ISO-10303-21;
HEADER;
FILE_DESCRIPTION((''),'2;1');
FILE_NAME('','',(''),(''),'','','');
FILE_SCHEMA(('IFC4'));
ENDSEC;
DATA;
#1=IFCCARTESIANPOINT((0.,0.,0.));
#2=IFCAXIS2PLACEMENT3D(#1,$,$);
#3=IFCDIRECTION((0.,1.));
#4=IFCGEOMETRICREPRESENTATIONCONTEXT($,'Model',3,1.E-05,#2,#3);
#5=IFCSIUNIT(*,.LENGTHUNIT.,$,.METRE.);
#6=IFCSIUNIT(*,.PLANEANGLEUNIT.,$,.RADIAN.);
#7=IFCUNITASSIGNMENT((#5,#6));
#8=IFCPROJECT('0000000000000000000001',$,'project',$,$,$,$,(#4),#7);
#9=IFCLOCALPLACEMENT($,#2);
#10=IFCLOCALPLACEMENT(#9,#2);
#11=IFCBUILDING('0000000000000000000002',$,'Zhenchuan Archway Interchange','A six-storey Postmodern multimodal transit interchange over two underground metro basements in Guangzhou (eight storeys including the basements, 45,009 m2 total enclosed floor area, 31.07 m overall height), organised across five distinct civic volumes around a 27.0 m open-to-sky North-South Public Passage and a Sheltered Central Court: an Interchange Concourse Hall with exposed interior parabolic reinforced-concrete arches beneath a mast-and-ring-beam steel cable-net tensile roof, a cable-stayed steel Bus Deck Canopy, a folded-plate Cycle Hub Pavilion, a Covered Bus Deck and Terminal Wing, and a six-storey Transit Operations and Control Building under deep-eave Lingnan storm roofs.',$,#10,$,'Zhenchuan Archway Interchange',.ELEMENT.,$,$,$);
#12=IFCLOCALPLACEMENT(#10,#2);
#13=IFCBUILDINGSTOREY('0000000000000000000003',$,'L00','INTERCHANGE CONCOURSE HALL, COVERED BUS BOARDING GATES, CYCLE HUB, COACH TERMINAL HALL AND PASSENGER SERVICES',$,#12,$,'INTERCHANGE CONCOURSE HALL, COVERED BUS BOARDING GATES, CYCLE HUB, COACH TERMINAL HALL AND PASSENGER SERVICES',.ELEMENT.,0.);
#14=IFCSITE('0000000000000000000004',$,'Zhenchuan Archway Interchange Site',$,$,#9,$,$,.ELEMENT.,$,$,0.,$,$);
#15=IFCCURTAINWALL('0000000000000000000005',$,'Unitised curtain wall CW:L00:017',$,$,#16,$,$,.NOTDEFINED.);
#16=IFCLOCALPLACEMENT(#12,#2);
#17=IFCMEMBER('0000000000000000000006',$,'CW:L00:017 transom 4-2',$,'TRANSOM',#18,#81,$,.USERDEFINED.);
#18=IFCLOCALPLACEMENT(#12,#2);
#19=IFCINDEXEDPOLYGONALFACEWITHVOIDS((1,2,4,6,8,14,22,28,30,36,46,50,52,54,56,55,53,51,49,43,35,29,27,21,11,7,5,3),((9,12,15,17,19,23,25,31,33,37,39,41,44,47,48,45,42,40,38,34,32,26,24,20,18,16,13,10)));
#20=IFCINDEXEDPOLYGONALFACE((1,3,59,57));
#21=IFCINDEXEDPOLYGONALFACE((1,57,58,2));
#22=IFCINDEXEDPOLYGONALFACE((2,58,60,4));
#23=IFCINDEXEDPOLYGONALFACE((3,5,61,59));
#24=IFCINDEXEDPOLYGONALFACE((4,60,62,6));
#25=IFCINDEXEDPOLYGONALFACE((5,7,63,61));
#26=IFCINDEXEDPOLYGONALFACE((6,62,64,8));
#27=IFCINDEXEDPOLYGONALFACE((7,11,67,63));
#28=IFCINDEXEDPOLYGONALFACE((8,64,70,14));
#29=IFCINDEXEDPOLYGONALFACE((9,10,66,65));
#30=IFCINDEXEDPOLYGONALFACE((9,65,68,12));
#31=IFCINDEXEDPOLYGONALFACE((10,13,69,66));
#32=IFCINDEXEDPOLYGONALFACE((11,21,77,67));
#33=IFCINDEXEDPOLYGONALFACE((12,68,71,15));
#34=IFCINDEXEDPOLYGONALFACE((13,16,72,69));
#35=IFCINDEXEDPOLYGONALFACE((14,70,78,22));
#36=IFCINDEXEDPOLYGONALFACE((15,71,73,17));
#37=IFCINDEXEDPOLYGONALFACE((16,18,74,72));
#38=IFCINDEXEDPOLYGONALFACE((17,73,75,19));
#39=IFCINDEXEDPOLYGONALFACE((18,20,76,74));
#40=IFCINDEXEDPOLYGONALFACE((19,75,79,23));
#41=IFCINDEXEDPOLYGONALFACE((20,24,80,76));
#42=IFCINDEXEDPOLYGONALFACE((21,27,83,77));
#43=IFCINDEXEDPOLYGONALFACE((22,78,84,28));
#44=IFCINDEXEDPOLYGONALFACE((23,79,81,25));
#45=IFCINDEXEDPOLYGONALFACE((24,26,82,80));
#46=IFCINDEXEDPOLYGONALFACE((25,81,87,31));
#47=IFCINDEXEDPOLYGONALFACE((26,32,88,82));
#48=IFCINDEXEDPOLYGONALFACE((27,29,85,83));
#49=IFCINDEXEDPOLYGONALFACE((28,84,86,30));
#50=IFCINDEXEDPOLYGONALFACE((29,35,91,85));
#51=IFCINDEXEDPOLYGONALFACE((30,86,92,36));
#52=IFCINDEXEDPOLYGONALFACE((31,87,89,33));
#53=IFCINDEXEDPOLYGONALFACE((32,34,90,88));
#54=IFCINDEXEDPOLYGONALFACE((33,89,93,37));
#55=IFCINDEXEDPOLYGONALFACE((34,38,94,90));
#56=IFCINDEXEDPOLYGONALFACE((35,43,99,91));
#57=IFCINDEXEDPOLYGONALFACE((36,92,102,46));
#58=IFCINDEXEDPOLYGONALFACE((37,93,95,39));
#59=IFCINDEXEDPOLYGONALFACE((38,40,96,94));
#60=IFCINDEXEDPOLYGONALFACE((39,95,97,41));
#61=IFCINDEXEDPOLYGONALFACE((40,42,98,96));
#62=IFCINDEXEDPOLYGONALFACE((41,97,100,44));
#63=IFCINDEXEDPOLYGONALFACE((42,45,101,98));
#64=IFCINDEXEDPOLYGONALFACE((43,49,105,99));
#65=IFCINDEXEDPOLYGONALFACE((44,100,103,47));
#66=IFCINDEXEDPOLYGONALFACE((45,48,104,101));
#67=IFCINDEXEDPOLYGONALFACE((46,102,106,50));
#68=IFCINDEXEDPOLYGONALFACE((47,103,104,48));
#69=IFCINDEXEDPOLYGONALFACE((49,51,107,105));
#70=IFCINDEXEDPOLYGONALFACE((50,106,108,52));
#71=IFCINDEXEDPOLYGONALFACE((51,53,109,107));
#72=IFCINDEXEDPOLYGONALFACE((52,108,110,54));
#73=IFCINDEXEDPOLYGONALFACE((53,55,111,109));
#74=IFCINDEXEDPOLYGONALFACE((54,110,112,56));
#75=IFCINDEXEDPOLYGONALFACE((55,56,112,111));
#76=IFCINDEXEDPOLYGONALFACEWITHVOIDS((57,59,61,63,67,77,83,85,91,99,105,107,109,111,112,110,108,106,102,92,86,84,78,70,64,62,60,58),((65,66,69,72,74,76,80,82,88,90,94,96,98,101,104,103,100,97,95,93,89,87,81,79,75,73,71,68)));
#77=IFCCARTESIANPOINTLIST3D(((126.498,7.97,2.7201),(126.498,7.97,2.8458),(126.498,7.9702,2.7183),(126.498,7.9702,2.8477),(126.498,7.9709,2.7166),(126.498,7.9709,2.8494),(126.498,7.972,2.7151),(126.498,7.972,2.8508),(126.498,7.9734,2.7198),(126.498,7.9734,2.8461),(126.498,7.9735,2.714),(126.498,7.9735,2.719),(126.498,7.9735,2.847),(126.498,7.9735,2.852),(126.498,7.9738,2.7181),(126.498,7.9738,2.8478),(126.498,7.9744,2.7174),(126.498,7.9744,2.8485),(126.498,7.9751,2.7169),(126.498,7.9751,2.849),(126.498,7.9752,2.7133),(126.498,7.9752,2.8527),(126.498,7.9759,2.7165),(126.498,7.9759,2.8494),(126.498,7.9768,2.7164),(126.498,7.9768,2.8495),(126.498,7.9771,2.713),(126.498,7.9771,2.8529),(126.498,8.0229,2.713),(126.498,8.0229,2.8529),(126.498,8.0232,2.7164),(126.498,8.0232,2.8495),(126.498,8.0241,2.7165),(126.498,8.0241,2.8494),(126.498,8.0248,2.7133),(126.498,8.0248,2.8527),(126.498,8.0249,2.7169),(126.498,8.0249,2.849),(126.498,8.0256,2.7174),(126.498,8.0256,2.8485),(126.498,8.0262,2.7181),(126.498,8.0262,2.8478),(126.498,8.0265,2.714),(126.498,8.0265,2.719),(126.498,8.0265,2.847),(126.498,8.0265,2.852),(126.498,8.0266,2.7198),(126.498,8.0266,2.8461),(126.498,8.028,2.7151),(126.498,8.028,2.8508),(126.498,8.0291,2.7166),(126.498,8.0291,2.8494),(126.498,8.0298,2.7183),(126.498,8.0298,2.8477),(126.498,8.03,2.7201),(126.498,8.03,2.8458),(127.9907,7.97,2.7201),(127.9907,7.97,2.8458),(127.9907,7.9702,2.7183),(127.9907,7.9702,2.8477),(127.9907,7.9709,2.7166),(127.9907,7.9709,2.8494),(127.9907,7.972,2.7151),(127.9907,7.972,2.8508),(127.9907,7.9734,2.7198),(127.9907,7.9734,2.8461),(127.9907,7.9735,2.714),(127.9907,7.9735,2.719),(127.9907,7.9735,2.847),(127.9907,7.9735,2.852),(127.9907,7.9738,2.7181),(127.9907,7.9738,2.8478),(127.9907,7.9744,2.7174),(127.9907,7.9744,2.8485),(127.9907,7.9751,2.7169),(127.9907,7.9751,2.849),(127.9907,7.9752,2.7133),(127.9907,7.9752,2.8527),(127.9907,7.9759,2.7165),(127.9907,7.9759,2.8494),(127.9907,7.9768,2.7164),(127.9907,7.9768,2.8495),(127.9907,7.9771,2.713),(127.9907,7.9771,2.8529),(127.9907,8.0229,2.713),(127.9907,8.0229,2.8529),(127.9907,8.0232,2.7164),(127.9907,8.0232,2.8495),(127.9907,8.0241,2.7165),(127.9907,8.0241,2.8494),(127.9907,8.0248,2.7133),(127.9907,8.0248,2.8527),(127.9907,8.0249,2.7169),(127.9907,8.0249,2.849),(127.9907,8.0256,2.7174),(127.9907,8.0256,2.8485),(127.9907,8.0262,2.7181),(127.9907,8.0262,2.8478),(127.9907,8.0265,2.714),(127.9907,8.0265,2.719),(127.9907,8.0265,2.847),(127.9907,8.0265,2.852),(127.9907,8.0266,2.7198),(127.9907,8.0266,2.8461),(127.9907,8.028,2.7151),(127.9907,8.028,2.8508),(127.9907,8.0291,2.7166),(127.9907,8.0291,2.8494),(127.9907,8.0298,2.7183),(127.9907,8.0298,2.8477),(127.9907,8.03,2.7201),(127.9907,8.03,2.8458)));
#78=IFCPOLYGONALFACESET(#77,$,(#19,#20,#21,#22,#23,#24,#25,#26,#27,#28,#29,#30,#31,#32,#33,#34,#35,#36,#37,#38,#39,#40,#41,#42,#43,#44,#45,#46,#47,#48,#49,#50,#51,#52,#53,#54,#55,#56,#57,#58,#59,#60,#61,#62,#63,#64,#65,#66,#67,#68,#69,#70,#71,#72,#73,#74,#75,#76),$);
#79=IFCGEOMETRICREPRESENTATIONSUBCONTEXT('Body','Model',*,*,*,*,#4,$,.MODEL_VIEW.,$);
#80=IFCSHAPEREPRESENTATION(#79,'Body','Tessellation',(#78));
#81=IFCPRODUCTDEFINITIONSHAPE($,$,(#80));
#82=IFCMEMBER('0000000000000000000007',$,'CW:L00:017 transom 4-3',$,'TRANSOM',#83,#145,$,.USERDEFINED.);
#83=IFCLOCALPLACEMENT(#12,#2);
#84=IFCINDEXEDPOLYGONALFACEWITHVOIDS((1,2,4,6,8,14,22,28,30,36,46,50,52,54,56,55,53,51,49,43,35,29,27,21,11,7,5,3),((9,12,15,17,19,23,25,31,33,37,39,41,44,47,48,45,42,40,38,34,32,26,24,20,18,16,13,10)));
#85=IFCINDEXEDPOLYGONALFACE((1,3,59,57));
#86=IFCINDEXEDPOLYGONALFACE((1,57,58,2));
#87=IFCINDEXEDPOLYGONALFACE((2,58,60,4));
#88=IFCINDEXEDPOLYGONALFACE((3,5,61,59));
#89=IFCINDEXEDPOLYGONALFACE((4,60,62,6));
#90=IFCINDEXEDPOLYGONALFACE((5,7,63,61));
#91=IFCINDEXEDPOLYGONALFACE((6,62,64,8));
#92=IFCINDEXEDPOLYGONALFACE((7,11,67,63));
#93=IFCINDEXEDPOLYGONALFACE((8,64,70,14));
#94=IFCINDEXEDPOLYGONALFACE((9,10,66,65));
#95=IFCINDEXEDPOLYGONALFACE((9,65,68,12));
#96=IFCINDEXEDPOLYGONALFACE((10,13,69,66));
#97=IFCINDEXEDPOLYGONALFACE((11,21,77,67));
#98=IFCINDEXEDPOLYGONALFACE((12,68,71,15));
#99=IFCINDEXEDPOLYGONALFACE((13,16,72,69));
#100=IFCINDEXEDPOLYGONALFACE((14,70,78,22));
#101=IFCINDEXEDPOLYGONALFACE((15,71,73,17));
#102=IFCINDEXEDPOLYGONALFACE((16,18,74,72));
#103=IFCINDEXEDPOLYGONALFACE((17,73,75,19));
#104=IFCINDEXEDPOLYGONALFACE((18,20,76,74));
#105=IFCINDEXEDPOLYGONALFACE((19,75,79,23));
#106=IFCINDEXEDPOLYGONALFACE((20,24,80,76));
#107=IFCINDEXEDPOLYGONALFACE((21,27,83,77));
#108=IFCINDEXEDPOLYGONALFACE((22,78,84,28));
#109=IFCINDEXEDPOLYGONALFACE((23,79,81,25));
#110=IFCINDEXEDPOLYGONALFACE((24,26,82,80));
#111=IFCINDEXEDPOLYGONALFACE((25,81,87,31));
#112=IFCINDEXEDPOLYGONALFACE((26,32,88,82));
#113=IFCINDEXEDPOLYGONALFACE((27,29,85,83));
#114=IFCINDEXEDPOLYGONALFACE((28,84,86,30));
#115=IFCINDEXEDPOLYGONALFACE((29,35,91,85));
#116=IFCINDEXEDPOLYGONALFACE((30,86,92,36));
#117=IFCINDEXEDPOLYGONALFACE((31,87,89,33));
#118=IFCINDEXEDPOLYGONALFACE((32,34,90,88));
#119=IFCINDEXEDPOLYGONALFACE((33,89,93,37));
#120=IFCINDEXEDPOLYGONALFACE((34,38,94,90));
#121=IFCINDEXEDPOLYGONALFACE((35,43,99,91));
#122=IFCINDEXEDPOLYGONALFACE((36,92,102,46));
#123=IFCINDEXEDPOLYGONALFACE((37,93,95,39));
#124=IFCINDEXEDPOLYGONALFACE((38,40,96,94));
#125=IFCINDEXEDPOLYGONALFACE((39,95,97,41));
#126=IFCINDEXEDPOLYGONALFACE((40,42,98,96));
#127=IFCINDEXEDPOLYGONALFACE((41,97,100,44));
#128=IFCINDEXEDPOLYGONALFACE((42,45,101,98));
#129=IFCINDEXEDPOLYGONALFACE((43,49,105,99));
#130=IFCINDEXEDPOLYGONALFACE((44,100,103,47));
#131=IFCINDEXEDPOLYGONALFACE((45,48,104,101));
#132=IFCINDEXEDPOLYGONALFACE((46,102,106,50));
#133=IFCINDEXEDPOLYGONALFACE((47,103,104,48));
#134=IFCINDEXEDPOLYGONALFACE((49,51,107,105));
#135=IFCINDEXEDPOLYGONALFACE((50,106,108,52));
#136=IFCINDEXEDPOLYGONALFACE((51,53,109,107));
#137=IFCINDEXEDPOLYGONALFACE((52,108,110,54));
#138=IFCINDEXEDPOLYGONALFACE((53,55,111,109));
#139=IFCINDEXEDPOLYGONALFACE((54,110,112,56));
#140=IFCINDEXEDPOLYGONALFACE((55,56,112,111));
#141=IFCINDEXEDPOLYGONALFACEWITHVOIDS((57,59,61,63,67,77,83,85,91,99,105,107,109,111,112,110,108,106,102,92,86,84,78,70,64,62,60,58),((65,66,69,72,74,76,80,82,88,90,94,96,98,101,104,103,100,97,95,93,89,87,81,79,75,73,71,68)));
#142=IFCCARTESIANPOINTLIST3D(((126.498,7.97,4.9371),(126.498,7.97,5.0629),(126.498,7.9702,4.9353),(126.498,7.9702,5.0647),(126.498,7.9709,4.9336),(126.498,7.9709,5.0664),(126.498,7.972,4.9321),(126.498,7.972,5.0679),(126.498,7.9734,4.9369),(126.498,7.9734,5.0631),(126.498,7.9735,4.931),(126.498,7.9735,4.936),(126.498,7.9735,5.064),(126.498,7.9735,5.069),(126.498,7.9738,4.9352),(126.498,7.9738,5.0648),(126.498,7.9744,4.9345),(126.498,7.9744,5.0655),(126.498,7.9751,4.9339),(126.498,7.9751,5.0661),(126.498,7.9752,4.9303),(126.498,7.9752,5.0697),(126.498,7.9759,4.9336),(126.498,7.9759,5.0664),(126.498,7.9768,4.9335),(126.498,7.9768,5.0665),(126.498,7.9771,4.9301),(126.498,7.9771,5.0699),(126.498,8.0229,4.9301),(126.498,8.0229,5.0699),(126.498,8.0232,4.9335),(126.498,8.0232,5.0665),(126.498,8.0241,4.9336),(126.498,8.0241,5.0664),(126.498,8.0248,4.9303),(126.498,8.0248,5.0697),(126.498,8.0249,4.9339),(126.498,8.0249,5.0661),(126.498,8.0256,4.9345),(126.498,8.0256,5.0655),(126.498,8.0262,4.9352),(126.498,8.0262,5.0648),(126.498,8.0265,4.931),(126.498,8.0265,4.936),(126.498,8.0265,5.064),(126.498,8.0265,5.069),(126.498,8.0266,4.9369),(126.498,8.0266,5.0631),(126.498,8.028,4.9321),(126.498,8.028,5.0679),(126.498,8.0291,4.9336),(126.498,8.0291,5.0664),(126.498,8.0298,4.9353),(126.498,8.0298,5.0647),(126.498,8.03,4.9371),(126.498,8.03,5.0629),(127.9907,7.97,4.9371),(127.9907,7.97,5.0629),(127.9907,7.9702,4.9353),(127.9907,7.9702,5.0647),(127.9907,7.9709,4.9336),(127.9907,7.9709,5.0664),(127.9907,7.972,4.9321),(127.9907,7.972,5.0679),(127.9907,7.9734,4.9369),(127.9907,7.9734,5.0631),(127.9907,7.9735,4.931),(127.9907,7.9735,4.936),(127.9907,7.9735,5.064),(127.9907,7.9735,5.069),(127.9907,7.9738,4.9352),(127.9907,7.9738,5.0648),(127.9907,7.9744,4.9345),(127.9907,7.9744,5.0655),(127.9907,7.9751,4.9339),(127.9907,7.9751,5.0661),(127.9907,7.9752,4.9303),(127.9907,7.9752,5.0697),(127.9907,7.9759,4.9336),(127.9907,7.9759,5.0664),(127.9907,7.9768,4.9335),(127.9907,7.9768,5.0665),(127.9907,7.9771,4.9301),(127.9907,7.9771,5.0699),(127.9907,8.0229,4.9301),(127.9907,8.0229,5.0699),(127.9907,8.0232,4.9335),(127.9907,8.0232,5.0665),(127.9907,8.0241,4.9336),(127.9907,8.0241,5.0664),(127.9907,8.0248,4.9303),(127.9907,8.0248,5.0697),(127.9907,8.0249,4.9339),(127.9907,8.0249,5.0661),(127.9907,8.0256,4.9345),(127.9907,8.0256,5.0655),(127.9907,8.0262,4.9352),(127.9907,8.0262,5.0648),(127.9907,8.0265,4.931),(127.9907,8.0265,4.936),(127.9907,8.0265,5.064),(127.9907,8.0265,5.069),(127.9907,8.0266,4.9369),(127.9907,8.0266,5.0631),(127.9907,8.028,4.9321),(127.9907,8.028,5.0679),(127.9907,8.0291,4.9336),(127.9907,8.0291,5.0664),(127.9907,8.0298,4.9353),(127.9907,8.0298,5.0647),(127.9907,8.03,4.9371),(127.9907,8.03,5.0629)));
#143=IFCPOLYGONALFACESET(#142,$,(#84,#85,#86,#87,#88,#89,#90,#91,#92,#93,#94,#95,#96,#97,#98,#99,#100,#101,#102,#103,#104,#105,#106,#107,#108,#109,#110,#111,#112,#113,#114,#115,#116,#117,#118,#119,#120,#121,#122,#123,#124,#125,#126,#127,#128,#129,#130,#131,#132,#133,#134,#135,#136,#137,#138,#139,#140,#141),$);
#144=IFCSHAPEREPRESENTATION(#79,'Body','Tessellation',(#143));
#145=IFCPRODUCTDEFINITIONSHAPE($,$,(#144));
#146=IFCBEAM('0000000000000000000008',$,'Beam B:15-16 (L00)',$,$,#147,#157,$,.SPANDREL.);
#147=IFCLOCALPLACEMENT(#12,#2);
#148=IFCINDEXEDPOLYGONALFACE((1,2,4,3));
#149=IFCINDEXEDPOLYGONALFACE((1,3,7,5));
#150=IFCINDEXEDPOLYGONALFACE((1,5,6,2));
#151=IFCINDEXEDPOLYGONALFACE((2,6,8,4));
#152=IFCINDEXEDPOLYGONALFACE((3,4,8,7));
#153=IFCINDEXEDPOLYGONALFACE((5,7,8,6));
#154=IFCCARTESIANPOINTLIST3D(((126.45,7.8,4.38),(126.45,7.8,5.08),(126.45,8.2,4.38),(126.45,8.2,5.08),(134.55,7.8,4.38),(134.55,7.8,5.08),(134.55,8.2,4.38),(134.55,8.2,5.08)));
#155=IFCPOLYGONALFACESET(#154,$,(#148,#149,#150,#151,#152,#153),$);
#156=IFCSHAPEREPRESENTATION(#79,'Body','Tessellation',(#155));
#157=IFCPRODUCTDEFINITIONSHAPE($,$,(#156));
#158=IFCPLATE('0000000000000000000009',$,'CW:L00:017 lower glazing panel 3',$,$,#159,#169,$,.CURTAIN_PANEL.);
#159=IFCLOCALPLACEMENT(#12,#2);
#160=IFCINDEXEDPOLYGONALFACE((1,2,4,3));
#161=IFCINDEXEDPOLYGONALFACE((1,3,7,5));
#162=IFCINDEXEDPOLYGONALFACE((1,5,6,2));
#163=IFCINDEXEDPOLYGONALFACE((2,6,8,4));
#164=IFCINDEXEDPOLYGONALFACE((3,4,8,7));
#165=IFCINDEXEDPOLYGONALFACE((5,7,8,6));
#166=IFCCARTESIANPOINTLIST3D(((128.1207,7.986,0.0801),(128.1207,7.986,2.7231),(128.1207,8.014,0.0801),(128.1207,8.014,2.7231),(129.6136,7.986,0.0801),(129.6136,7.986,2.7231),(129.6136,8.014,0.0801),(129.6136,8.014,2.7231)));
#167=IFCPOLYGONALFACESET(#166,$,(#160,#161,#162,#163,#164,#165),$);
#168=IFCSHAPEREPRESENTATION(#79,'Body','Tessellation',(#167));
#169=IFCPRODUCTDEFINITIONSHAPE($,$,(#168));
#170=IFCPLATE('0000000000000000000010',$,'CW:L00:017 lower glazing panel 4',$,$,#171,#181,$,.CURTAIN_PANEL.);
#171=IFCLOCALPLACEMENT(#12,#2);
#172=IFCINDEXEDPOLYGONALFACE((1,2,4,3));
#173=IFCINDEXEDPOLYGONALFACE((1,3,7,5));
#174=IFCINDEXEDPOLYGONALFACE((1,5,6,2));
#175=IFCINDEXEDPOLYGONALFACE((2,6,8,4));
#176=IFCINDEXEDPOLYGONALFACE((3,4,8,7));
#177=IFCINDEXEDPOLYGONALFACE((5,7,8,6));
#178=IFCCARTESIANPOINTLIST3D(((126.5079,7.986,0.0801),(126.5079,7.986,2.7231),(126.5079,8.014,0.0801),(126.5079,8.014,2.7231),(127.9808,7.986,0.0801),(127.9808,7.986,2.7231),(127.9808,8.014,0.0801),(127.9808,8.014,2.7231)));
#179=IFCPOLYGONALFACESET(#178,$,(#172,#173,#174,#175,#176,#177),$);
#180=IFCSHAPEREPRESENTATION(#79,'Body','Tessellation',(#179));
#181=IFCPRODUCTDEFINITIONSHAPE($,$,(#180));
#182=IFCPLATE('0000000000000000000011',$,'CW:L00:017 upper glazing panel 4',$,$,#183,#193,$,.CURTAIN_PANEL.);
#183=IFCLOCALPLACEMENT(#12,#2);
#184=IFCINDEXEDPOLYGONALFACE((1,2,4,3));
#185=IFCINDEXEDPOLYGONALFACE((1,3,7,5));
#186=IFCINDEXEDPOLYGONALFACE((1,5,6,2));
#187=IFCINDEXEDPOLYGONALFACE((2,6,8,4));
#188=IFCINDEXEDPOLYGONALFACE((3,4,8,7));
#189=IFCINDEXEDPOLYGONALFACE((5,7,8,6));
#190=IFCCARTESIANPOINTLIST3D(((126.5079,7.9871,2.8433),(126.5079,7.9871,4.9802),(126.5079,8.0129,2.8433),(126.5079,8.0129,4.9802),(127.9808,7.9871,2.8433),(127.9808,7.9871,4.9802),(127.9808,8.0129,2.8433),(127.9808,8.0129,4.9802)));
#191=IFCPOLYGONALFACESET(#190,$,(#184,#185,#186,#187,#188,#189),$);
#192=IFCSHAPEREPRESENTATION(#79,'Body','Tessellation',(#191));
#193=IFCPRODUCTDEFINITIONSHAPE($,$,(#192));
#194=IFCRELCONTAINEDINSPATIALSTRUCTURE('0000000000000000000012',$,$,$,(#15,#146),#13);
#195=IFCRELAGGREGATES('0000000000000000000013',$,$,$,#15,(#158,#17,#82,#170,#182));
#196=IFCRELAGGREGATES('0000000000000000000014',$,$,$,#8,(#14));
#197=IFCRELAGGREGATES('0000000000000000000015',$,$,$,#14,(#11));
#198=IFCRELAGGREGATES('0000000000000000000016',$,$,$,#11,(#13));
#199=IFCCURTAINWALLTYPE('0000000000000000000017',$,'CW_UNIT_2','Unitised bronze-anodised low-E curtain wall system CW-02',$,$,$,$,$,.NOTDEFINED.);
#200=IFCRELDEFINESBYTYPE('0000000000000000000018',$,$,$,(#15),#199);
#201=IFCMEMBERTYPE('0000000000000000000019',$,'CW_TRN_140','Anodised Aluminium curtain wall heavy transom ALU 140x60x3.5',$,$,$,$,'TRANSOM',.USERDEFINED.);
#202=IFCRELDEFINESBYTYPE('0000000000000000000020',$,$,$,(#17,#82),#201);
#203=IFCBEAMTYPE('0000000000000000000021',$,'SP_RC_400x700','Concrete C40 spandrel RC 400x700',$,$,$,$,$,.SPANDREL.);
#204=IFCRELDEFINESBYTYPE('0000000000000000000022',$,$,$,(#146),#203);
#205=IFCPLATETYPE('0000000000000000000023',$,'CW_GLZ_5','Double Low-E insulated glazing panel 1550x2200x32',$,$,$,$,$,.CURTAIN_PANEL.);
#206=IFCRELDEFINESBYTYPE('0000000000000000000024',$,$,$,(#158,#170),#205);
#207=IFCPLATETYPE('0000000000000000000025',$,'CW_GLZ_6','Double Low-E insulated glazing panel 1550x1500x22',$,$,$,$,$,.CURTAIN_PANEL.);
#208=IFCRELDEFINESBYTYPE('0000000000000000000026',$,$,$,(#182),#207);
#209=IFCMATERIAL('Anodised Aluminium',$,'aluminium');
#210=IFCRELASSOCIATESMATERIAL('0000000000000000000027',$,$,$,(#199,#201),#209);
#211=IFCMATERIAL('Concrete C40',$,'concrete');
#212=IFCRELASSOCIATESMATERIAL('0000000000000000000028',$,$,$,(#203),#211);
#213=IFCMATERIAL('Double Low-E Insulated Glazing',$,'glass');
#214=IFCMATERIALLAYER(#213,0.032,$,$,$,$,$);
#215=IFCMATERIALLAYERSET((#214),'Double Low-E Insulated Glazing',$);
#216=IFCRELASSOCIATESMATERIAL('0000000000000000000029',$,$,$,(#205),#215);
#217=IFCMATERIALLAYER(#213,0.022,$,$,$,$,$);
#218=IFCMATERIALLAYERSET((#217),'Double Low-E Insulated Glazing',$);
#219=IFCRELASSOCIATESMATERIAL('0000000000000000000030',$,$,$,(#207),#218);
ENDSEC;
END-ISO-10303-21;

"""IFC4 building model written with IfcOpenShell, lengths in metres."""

from ifc_helpers import new_model, si_unit, direction, frame, origin, origin_2d, place, context, subcontext, project, spatial, rectangle, hollow_rectangle, extrude, material, layer, layer_set, material_profile, profile_set, type_object, element, aggregate, save


model = new_model("IFC4")

# Units and contexts
model_context = context("Model", 3, precision=1e-05, world=origin(), true_north=direction((0.0, 1.0)))
body_context = subcontext(model_context, "Body", "Model", "MODEL_VIEW")
ifc_project = project(units=[si_unit("LENGTHUNIT", "METRE"), si_unit("PLANEANGLEUNIT", "RADIAN")], contexts=[model_context])

# Site, building, storey
site_placement = place(None, origin())
site = spatial("IfcSite", under=ifc_project, at=site_placement, Name="Zhenchuan Archway Interchange Site", CompositionType="ELEMENT", RefElevation=0.0)
building_placement = place(site_placement, origin())
building = spatial("IfcBuilding", under=site, at=building_placement, Name="Zhenchuan Archway Interchange", Description="A six-storey Postmodern multimodal transit interchange over two underground metro basements in Guangzhou (eight storeys including the basements, 45,009 m2 total enclosed floor area, 31.07 m overall height), organised across five distinct civic volumes around a 27.0 m open-to-sky North-South Public Passage and a Sheltered Central Court: an Interchange Concourse Hall with exposed interior parabolic reinforced-concrete arches beneath a mast-and-ring-beam steel cable-net tensile roof, a cable-stayed steel Bus Deck Canopy, a folded-plate Cycle Hub Pavilion, a Covered Bus Deck and Terminal Wing, and a six-storey Transit Operations and Control Building under deep-eave Lingnan storm roofs.", LongName="Zhenchuan Archway Interchange", CompositionType="ELEMENT")
storey_placement = place(building_placement, origin())
storey = spatial("IfcBuildingStorey", under=building, at=storey_placement, Name="L00", Description="INTERCHANGE CONCOURSE HALL, COVERED BUS BOARDING GATES, CYCLE HUB, COACH TERMINAL HALL AND PASSENGER SERVICES", LongName="INTERCHANGE CONCOURSE HALL, COVERED BUS BOARDING GATES, CYCLE HUB, COACH TERMINAL HALL AND PASSENGER SERVICES", CompositionType="ELEMENT", Elevation=0.0)

# Shared definitions
ifc_material_1 = material(Name="Concrete C40", Category="concrete")

# Curtain wall, members
ifc_material_2 = material(Name="Anodised Aluminium", Category="aluminium")
curtain_wall_type = type_object("IfcCurtainWallType", Name="CW_UNIT_2", Description="Unitised bronze-anodised low-E curtain wall system CW-02", PredefinedType="NOTDEFINED", material=ifc_material_2)
curtain_wall_placement = place(storey_placement, origin())
curtain_wall = element("IfcCurtainWall", 1, at=curtain_wall_placement, inside=storey, type_object=curtain_wall_type, Name="Unitised curtain wall CW:L00:017", PredefinedType="NOTDEFINED")
ifc_material_profile_1 = material_profile(ifc_material_2, hollow_rectangle(XDim=0.0601, YDim=0.1399, WallThickness=0.0034, InnerFilletRadius=0.0034, OuterFilletRadius=0.0071, at=origin_2d()), Name="ALU 140x60x3.5")
ifc_profile_set_1 = profile_set([ifc_material_profile_1], Name="Anodised Aluminium")
member_type_1 = type_object("IfcMemberType", Name="CW_TRN_140", Description="Anodised Aluminium curtain wall heavy transom ALU 140x60x3.5", ElementType="TRANSOM", PredefinedType="USERDEFINED", material=ifc_profile_set_1)
member_1_placement = place(storey_placement, frame((127.9907, 8.0, 2.783), z_axis=(-1.0, 0.0, 0.0), x_axis=(0.0, -1.0, 0.0)))
member_1 = element("IfcMember", 2, at=member_1_placement, type_object=member_type_1, Name="CW:L00:017 transom 4-2", ObjectType="TRANSOM", PredefinedType="USERDEFINED", context=body_context, shape_type="SweptSolid", body=[
    extrude(hollow_rectangle(XDim=0.0601, YDim=0.1399, WallThickness=0.0034, InnerFilletRadius=0.0034, OuterFilletRadius=0.0071, at=origin_2d()), origin(), (0.0, 0.0, 1.0), 1.4927),
])
member_2_placement = place(storey_placement, frame((127.9907, 8.0, 5.0), z_axis=(-1.0, 0.0, 0.0), x_axis=(0.0, -1.0, 0.0)))
member_2 = element("IfcMember", 3, at=member_2_placement, type_object=member_type_1, Name="CW:L00:017 transom 4-3", ObjectType="TRANSOM", PredefinedType="USERDEFINED", context=body_context, shape_type="SweptSolid", body=[
    extrude(hollow_rectangle(XDim=0.0601, YDim=0.1399, WallThickness=0.0034, InnerFilletRadius=0.0034, OuterFilletRadius=0.0071, at=origin_2d()), origin(), (0.0, 0.0, 1.0), 1.4927),
])

# Beam
ifc_material_profile_2 = material_profile(ifc_material_1, rectangle(XDim=0.3999, YDim=0.7, at=origin_2d()), Name="RC 400x700")
ifc_profile_set_2 = profile_set([ifc_material_profile_2], Name="Concrete C40")
beam_type = type_object("IfcBeamType", Name="SP_RC_400x700", Description="Concrete C40 spandrel RC 400x700", PredefinedType="SPANDREL", material=ifc_profile_set_2)
beam_placement = place(storey_placement, frame((126.45, 8.0, 4.73), z_axis=(1.0, 0.0, 0.0), x_axis=(0.0, 1.0, 0.0)))
element("IfcBeam", 4, at=beam_placement, inside=storey, type_object=beam_type, Name="Beam B:15-16 (L00)", PredefinedType="SPANDREL", context=body_context, shape_type="SweptSolid", body=[
    extrude(rectangle(XDim=0.3999, YDim=0.7, at=origin_2d()), origin(), (0.0, 0.0, 1.0), 8.1001),
])

# Plates
ifc_material_3 = material(Name="Double Low-E Insulated Glazing", Category="glass")
ifc_layer_1 = layer(ifc_material_3, 0.032)
ifc_layer_set_1 = layer_set([ifc_layer_1], Name="Double Low-E Insulated Glazing")
plate_type_1 = type_object("IfcPlateType", Name="CW_GLZ_5", Description="Double Low-E insulated glazing panel 1550x2200x32", PredefinedType="CURTAIN_PANEL", material=ifc_layer_set_1)
plate_1_placement = place(storey_placement, frame((128.8672, 8.0, 0.0801), z_axis=(0.0, 0.0, 1.0), x_axis=(-1.0, 0.0, 0.0)))
plate_1 = element("IfcPlate", 5, at=plate_1_placement, type_object=plate_type_1, Name="CW:L00:017 lower glazing panel 3", PredefinedType="CURTAIN_PANEL", context=body_context, shape_type="SweptSolid", body=[
    extrude(rectangle(XDim=1.4929, YDim=0.0281, at=origin_2d()), origin(), (0.0, 0.0, 1.0), 2.6431),
])
plate_2_placement = place(storey_placement, frame((127.2444, 8.0, 0.0801), z_axis=(0.0, 0.0, 1.0), x_axis=(-1.0, 0.0, 0.0)))
plate_2 = element("IfcPlate", 6, at=plate_2_placement, type_object=plate_type_1, Name="CW:L00:017 lower glazing panel 4", PredefinedType="CURTAIN_PANEL", context=body_context, shape_type="SweptSolid", body=[
    extrude(rectangle(XDim=1.4729, YDim=0.0281, at=origin_2d()), origin(), (0.0, 0.0, 1.0), 2.6431),
])
ifc_layer_2 = layer(ifc_material_3, 0.022)
ifc_layer_set_2 = layer_set([ifc_layer_2], Name="Double Low-E Insulated Glazing")
plate_type_2 = type_object("IfcPlateType", Name="CW_GLZ_6", Description="Double Low-E insulated glazing panel 1550x1500x22", PredefinedType="CURTAIN_PANEL", material=ifc_layer_set_2)
plate_3_placement = place(storey_placement, frame((127.2444, 8.0, 2.8433), z_axis=(0.0, 0.0, 1.0), x_axis=(-1.0, 0.0, 0.0)))
plate_3 = element("IfcPlate", 7, at=plate_3_placement, type_object=plate_type_2, Name="CW:L00:017 upper glazing panel 4", PredefinedType="CURTAIN_PANEL", context=body_context, shape_type="SweptSolid", body=[
    extrude(rectangle(XDim=1.4729, YDim=0.0259, at=origin_2d()), origin(), (0.0, 0.0, 1.0), 2.137),
])
aggregate(curtain_wall, [plate_1, member_1, member_2, plate_2, plate_3])

save(model, "model.ifc")
